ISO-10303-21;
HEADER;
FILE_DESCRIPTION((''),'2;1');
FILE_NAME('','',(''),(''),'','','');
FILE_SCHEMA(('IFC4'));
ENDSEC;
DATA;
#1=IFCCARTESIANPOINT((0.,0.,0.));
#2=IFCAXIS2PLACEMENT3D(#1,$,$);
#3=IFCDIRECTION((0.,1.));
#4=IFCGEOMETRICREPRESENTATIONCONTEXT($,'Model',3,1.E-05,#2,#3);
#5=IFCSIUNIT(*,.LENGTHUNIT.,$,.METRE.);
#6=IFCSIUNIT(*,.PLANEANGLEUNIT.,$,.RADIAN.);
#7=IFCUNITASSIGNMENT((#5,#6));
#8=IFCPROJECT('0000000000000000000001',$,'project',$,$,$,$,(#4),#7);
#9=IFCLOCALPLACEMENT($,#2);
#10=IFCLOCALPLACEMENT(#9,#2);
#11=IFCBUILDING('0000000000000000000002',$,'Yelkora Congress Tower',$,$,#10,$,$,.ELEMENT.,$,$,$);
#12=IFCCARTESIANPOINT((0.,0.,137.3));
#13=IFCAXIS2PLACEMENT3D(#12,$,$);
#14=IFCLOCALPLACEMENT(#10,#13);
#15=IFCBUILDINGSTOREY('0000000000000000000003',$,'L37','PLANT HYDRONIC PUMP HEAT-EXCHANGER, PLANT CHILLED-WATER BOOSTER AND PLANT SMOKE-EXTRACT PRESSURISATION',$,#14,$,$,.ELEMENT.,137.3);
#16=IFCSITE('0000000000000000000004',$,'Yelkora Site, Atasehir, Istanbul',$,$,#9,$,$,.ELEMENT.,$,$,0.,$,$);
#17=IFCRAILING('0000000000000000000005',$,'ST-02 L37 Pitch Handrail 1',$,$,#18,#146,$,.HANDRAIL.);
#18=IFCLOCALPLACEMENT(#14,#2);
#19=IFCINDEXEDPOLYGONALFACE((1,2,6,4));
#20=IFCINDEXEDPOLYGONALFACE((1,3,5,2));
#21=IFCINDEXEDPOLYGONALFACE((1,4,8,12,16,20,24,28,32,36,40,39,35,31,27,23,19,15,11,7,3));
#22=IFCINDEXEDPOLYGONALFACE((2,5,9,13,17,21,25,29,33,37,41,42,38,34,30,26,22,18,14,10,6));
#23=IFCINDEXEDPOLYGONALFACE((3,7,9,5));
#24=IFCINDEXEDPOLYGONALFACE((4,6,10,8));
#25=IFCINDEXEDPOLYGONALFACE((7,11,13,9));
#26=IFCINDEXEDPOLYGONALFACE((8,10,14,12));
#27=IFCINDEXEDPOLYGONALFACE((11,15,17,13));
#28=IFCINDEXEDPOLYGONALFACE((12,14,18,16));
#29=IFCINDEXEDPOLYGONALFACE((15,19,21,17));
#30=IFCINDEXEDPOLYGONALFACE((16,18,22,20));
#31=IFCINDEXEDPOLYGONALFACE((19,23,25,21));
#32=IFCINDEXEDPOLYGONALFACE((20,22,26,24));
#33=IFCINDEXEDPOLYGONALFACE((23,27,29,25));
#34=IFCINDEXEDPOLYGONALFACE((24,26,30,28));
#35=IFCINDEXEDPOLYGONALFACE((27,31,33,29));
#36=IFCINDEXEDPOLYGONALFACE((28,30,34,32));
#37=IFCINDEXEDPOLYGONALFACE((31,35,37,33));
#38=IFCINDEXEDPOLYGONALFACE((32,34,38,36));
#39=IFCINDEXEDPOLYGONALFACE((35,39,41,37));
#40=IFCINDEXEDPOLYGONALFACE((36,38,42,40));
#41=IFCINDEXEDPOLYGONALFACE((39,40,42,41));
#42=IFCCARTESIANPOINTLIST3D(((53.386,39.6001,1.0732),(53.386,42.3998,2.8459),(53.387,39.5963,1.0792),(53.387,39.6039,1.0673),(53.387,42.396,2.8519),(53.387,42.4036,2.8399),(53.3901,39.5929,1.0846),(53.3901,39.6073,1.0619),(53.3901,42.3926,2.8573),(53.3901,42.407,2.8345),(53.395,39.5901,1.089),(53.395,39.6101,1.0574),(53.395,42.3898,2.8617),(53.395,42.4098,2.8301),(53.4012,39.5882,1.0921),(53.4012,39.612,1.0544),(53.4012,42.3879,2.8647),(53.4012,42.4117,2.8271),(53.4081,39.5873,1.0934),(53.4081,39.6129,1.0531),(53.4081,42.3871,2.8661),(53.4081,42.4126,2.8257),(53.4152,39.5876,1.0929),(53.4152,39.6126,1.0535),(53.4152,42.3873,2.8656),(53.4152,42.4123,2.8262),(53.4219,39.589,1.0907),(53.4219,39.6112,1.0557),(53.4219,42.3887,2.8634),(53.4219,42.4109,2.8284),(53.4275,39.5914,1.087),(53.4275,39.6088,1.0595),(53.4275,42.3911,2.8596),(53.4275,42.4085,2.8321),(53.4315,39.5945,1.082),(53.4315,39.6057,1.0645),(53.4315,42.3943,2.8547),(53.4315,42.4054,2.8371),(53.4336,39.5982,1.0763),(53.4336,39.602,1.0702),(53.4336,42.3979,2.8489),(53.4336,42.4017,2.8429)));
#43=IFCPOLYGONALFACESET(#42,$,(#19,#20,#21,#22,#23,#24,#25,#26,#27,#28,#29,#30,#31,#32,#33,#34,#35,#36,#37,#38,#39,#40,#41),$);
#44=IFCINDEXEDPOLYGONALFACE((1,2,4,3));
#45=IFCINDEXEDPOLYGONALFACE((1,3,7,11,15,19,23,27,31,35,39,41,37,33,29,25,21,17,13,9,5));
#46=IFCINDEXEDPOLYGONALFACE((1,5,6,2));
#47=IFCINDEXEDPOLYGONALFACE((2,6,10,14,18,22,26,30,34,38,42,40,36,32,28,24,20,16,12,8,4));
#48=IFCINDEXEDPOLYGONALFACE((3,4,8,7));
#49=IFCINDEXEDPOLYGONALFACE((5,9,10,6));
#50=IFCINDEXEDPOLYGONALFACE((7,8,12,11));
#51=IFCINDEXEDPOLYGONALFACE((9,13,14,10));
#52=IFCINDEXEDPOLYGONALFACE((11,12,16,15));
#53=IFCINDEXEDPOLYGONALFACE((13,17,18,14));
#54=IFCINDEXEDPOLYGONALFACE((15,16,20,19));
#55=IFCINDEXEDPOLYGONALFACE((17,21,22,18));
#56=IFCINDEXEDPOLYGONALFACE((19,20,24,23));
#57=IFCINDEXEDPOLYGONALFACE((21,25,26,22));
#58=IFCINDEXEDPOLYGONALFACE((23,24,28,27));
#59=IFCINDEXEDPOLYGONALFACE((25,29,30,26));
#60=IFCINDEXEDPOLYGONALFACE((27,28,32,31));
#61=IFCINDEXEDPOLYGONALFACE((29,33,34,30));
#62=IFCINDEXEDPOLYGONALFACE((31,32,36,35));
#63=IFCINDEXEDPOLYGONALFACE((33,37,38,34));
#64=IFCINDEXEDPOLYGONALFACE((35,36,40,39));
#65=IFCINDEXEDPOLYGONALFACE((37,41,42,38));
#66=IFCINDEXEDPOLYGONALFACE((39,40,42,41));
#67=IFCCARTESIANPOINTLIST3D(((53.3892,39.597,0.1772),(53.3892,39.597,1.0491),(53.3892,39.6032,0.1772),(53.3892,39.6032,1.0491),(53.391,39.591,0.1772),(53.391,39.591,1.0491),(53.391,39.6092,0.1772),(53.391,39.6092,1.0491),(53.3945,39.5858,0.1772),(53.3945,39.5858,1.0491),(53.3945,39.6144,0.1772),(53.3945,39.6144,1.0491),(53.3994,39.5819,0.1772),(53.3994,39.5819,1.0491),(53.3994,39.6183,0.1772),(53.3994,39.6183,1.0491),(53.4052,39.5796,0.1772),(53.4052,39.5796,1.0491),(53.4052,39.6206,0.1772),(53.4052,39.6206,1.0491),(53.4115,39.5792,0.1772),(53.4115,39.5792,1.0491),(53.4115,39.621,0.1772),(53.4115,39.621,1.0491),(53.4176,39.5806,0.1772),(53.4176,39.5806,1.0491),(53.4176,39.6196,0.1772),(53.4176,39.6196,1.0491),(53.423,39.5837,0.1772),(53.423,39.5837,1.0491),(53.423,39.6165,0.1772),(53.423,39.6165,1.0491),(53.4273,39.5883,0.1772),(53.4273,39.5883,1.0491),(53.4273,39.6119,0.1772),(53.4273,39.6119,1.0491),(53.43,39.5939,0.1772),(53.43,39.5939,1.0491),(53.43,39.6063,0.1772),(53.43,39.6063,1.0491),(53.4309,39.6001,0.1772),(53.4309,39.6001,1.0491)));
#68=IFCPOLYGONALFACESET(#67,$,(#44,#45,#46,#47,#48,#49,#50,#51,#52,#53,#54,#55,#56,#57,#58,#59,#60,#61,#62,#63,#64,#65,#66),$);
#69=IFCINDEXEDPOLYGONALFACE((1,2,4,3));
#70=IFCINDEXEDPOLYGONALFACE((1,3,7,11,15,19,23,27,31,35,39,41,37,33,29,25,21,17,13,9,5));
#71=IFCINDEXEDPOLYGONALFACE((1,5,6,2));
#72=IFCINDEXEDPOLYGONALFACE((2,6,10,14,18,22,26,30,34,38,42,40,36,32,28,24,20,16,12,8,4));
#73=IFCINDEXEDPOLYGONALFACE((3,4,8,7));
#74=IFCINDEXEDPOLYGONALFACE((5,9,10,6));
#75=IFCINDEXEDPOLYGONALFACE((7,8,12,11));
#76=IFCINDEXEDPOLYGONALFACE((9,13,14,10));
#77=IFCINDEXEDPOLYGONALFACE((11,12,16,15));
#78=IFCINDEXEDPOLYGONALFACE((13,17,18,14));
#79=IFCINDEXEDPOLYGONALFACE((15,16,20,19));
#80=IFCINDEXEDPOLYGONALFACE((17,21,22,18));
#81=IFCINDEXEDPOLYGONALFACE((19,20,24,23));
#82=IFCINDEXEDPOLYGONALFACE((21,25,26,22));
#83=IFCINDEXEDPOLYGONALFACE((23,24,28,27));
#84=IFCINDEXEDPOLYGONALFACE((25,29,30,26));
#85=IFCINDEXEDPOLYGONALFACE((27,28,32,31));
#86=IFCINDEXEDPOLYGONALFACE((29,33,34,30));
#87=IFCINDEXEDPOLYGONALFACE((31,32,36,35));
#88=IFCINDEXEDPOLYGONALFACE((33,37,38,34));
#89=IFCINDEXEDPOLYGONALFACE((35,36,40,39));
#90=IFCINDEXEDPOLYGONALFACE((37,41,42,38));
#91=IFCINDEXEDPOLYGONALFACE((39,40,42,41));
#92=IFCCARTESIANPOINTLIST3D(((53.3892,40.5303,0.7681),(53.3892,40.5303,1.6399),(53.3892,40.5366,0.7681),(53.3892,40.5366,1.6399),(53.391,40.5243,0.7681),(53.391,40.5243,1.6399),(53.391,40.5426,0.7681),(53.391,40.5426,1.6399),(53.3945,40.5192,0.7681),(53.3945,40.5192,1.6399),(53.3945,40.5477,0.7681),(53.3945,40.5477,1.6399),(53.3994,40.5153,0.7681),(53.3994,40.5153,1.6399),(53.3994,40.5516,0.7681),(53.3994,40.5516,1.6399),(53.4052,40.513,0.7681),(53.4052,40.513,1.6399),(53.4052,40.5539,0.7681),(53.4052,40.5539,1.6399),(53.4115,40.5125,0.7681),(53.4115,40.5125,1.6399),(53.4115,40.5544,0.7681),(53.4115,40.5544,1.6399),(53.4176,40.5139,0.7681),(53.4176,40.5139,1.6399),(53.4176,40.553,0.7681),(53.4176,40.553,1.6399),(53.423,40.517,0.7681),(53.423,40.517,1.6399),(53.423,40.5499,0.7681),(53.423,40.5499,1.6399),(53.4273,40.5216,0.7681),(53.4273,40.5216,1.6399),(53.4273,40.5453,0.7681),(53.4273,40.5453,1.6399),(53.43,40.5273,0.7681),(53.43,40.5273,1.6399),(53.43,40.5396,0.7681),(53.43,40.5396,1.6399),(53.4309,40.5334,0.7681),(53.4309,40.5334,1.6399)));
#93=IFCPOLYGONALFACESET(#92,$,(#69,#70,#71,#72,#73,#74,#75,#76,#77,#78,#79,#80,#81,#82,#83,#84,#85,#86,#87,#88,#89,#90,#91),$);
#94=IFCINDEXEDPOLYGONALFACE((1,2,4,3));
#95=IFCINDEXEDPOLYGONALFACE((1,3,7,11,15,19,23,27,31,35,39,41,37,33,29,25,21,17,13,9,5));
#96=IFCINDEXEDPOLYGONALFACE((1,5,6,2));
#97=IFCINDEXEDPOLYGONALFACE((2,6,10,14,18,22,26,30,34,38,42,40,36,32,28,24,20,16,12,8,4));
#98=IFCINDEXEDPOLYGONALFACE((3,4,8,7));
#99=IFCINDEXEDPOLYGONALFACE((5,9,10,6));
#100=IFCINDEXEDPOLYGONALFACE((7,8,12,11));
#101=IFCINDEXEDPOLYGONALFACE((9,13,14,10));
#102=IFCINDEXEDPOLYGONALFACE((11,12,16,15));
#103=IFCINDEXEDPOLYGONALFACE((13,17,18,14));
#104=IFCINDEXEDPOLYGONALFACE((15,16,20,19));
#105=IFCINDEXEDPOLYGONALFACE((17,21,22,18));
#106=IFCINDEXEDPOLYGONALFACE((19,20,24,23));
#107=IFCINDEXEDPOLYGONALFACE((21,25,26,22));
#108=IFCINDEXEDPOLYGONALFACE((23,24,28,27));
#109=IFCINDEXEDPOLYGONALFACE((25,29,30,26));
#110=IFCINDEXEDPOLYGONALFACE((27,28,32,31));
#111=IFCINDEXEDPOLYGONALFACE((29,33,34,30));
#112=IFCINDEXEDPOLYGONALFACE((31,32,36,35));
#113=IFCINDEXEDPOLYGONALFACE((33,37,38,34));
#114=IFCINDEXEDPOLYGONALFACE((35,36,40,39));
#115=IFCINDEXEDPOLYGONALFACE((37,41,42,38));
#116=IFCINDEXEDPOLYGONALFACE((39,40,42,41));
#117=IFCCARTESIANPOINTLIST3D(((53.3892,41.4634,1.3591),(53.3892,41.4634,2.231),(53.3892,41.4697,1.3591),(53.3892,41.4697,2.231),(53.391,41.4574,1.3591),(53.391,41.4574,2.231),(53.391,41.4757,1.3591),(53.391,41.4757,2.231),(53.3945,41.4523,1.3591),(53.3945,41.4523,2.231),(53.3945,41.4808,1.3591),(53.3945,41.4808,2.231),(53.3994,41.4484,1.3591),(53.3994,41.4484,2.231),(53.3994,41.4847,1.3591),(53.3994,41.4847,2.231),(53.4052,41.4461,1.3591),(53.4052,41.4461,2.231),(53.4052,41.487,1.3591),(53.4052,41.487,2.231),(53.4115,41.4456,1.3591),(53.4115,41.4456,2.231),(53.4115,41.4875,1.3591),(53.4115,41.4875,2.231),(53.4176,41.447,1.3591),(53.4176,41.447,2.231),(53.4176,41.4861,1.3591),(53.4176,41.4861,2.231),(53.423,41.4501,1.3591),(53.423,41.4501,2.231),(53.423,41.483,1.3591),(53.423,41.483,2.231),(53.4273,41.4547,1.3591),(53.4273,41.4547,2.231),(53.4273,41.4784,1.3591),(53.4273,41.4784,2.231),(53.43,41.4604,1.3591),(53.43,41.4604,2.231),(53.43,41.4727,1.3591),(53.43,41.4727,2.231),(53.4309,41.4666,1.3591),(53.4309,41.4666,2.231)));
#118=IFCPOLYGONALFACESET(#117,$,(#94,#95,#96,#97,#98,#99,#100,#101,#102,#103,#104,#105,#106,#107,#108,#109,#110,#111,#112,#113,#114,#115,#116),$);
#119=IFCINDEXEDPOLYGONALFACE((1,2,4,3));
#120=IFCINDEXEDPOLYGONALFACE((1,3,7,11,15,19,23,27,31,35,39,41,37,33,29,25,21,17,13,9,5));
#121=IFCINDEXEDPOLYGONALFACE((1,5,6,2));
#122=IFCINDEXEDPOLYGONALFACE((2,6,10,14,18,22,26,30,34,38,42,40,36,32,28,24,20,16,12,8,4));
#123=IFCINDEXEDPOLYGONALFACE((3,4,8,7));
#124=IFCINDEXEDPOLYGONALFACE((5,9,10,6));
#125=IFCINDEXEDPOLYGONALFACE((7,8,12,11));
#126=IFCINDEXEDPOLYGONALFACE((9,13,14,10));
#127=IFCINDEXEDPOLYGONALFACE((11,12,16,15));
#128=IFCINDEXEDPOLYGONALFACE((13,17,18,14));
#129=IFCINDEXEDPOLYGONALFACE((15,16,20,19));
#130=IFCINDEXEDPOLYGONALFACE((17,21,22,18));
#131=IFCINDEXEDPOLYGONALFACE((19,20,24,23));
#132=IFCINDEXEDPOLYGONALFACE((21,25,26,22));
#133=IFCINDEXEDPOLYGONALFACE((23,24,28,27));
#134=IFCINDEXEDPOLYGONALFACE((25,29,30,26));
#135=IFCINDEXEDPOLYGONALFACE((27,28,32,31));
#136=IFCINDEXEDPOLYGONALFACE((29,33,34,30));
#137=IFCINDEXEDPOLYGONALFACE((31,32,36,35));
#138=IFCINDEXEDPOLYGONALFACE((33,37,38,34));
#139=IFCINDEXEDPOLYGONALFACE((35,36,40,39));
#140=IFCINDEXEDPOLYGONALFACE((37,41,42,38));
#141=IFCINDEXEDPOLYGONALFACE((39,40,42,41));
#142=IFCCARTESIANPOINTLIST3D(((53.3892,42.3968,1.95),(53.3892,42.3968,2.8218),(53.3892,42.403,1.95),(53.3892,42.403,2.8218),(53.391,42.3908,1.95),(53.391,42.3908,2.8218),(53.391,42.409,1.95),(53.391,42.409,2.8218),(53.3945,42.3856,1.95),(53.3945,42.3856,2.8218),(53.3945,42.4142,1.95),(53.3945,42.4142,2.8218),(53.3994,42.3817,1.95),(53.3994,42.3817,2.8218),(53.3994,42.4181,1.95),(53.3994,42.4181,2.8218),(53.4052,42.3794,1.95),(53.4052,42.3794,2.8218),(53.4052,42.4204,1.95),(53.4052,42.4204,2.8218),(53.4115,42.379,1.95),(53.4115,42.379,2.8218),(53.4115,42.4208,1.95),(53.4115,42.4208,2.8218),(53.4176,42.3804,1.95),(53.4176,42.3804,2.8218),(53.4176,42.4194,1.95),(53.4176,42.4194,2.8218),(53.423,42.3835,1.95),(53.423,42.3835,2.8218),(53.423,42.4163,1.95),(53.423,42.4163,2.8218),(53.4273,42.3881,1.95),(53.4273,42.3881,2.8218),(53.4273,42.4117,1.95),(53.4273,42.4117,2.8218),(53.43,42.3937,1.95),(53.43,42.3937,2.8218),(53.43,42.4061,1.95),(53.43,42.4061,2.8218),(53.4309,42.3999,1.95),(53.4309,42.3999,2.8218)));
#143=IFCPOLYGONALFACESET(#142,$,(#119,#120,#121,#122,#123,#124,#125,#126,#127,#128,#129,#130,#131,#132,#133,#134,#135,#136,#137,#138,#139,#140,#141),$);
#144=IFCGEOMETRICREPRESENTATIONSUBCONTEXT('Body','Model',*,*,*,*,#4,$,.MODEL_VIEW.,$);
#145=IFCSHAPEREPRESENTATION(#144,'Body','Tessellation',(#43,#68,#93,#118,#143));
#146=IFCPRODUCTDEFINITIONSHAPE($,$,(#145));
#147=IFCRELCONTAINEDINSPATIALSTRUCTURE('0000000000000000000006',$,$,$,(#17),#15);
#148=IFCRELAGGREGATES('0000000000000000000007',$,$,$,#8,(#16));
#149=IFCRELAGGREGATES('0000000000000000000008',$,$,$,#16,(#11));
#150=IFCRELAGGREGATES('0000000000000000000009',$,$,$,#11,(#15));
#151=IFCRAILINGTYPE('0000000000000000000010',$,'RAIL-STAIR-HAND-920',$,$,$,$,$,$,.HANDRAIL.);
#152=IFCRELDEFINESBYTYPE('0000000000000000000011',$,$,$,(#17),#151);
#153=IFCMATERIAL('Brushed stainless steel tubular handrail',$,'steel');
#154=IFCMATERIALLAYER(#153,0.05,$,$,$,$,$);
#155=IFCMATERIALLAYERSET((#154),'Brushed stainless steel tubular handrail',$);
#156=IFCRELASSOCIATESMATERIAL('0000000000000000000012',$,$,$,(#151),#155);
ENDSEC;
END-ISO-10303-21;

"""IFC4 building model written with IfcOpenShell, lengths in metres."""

from ifc_helpers import new_model, si_unit, direction, frame, origin, origin_2d, place, context, subcontext, project, spatial, circle, extrude, material, layer, layer_set, type_object, element, save


model = new_model("IFC4")

# Units and contexts
model_context = context("Model", 3, precision=1e-05, world=origin(), true_north=direction((0.0, 1.0)))
body_context = subcontext(model_context, "Body", "Model", "MODEL_VIEW")
ifc_project = project(units=[si_unit("LENGTHUNIT", "METRE"), si_unit("PLANEANGLEUNIT", "RADIAN")], contexts=[model_context])

# Site, building, storey
site_placement = place(None, origin())
site = spatial("IfcSite", under=ifc_project, at=site_placement, Name="Yelkora Site, Atasehir, Istanbul", CompositionType="ELEMENT", RefElevation=0.0)
building_placement = place(site_placement, origin())
building = spatial("IfcBuilding", under=site, at=building_placement, Name="Yelkora Congress Tower", CompositionType="ELEMENT")
storey_placement = place(building_placement, frame((0.0, 0.0, 137.3)))
storey = spatial("IfcBuildingStorey", under=building, at=storey_placement, Name="L37", Description="PLANT HYDRONIC PUMP HEAT-EXCHANGER, PLANT CHILLED-WATER BOOSTER AND PLANT SMOKE-EXTRACT PRESSURISATION", CompositionType="ELEMENT", Elevation=137.3)

# Railing
ifc_material_1 = material(Name="Brushed stainless steel tubular handrail", Category="steel")
ifc_layer_1 = layer(ifc_material_1, 0.05)
ifc_layer_set_1 = layer_set([ifc_layer_1], Name="Brushed stainless steel tubular handrail")
railing_type_1 = type_object("IfcRailingType", Name="RAIL-STAIR-HAND-920", PredefinedType="HANDRAIL", material=ifc_layer_set_1)
railing_1_placement = place(storey_placement, frame((53.4099, 39.6001, 0.1772)))
element("IfcRailing", 1, at=railing_1_placement, inside=storey, type_object=railing_type_1, Name="ST-02 L37 Pitch Handrail 1", PredefinedType="HANDRAIL", context=body_context, shape_type="SweptSolid", body=[
    extrude(circle(Radius=0.0239, at=origin_2d()), frame((0.0, 0.0, 0.896), z_axis=(0.0, 0.844888, 0.534943), x_axis=(-1.0, 0.0, 0.0)), (0.0, 0.0, 1.0), 3.3137),
    extrude(circle(Radius=0.021, at=origin_2d()), origin(), (0.0, 0.0, 1.0), 0.8718),
    extrude(circle(Radius=0.021, at=origin_2d()), frame((0.0, 0.9333, 0.5908)), (0.0, 0.0, 1.0), 0.8718),
    extrude(circle(Radius=0.021, at=origin_2d()), frame((0.0, 1.8665, 1.1819)), (0.0, 0.0, 1.0), 0.8718),
    extrude(circle(Radius=0.021, at=origin_2d()), frame((0.0, 2.7998, 1.7727)), (0.0, 0.0, 1.0), 0.8718),
])

save(model, "model.ifc")
